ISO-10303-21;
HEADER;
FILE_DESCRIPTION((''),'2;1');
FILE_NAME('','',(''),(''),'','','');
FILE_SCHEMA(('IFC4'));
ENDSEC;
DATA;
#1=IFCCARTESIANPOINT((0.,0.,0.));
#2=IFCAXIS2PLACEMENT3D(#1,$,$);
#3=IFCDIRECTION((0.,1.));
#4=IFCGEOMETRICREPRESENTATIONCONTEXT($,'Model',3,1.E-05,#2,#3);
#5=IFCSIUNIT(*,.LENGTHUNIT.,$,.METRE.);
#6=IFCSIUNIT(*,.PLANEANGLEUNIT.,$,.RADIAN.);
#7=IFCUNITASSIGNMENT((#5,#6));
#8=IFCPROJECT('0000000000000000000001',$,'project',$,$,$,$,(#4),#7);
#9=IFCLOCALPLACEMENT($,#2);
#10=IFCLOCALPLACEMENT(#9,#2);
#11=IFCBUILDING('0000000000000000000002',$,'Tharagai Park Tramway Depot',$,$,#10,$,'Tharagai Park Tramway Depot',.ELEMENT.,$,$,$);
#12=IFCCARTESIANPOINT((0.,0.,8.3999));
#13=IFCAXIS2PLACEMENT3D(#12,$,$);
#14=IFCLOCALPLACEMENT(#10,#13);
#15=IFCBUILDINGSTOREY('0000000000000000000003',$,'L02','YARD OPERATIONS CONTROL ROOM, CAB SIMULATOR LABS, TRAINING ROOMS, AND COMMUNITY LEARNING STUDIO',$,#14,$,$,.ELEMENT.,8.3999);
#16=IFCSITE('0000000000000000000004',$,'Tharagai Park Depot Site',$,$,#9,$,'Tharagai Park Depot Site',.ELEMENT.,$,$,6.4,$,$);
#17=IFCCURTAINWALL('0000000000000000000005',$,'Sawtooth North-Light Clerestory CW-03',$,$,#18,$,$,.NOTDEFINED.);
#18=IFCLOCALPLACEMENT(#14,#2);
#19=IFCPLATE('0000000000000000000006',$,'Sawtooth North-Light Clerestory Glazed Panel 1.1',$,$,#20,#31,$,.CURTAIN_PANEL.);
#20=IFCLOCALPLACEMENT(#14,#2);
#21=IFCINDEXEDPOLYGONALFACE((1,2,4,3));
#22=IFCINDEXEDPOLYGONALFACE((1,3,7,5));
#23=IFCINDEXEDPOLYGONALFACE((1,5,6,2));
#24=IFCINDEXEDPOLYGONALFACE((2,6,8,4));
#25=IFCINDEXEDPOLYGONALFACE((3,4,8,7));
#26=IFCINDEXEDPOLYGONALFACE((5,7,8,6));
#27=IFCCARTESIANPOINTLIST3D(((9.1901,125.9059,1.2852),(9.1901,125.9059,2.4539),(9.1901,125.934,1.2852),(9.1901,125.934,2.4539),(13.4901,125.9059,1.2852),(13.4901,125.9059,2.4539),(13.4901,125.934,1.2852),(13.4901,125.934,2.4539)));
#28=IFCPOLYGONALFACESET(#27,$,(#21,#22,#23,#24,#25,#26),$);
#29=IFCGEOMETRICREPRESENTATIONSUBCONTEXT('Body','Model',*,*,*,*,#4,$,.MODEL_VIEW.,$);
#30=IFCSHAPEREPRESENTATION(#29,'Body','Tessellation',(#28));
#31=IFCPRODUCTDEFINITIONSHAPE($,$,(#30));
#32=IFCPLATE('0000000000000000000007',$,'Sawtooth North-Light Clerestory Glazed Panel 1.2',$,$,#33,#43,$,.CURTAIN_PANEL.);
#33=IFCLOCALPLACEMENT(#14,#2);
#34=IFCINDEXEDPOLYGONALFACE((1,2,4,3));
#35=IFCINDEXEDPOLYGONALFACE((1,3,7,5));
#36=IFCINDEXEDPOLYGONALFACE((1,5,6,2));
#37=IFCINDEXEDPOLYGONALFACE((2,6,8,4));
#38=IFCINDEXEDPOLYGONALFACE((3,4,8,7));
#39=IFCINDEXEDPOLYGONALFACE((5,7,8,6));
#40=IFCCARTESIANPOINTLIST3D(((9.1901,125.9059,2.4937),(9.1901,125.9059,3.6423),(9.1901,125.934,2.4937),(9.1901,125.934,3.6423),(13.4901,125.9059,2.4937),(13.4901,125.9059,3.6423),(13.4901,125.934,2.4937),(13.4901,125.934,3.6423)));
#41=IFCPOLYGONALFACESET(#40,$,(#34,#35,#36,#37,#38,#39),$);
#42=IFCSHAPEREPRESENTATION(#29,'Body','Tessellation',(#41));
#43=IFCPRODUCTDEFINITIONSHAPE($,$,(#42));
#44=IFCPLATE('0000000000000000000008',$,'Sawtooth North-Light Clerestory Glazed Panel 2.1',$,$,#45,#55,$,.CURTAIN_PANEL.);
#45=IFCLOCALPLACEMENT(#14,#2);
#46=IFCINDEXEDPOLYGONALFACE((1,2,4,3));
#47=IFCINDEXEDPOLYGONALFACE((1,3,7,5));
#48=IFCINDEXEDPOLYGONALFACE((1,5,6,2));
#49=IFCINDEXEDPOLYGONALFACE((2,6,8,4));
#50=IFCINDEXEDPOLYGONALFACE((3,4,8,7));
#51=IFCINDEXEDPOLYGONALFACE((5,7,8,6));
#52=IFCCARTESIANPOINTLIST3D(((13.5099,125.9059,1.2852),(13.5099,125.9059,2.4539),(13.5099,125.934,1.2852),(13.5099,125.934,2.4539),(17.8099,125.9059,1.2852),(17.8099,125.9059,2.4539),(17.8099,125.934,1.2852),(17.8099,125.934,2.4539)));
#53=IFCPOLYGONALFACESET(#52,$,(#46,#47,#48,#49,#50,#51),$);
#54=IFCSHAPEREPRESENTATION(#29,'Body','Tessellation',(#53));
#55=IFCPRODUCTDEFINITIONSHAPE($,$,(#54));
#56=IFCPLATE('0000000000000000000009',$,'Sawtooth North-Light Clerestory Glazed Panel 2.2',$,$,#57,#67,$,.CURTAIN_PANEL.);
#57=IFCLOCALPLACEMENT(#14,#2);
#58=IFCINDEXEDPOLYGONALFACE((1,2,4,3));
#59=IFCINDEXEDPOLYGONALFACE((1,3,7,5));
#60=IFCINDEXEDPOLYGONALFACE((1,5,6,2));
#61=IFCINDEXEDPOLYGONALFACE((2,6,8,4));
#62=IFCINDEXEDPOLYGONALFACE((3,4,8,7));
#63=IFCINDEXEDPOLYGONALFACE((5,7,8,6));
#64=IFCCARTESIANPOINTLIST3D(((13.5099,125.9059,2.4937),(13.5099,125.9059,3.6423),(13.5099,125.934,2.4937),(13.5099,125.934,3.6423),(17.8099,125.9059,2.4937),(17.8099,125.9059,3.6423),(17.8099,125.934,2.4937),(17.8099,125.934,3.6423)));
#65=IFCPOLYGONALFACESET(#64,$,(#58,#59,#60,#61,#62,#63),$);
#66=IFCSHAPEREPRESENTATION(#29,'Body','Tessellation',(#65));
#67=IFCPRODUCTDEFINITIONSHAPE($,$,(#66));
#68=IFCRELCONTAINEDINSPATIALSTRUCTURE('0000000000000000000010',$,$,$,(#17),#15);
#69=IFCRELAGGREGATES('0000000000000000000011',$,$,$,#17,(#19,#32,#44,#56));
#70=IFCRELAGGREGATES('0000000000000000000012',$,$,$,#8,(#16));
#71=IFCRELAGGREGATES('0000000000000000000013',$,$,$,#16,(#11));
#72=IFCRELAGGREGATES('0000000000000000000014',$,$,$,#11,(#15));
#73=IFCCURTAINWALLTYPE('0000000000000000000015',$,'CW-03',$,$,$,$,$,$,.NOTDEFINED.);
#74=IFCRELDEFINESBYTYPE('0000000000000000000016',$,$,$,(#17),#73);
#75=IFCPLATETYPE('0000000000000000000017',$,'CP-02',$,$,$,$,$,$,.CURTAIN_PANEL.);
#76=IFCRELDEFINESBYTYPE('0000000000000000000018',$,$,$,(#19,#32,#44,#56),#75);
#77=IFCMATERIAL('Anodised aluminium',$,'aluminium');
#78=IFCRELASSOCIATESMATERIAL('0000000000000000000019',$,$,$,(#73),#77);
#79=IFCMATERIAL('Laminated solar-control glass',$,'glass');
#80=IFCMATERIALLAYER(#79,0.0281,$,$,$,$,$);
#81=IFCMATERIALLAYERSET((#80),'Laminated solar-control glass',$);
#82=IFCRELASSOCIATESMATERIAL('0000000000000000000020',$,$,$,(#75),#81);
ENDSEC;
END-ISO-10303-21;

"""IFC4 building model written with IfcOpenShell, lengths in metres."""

from ifc_helpers import new_model, si_unit, direction, frame, origin, origin_2d, place, context, subcontext, project, spatial, rectangle, extrude, material, layer, layer_set, type_object, element, aggregate, save


model = new_model("IFC4")

# Units and contexts
model_context = context("Model", 3, precision=1e-05, world=origin(), true_north=direction((0.0, 1.0)))
body_context = subcontext(model_context, "Body", "Model", "MODEL_VIEW")
ifc_project = project(units=[si_unit("LENGTHUNIT", "METRE"), si_unit("PLANEANGLEUNIT", "RADIAN")], contexts=[model_context])

# Site, building, storey
site_placement = place(None, origin())
site = spatial("IfcSite", under=ifc_project, at=site_placement, Name="Tharagai Park Depot Site", LongName="Tharagai Park Depot Site", CompositionType="ELEMENT", RefElevation=6.4)
building_placement = place(site_placement, origin())
building = spatial("IfcBuilding", under=site, at=building_placement, Name="Tharagai Park Tramway Depot", LongName="Tharagai Park Tramway Depot", CompositionType="ELEMENT")
storey_placement = place(building_placement, frame((0.0, 0.0, 8.3999)))
storey = spatial("IfcBuildingStorey", under=building, at=storey_placement, Name="L02", Description="YARD OPERATIONS CONTROL ROOM, CAB SIMULATOR LABS, TRAINING ROOMS, AND COMMUNITY LEARNING STUDIO", CompositionType="ELEMENT", Elevation=8.3999)

# Curtain wall
ifc_material_1 = material(Name="Anodised aluminium", Category="aluminium")
curtain_wall_type_1 = type_object("IfcCurtainWallType", Name="CW-03", PredefinedType="NOTDEFINED", material=ifc_material_1)
curtain_wall_1_placement = place(storey_placement, origin())
curtain_wall_1 = element("IfcCurtainWall", 1, at=curtain_wall_1_placement, inside=storey, type_object=curtain_wall_type_1, Name="Sawtooth North-Light Clerestory CW-03", PredefinedType="NOTDEFINED")

# Plates
ifc_material_2 = material(Name="Laminated solar-control glass", Category="glass")
ifc_layer = layer(ifc_material_2, 0.0281)
ifc_layer_set = layer_set([ifc_layer], Name="Laminated solar-control glass")
plate_type = type_object("IfcPlateType", Name="CP-02", PredefinedType="CURTAIN_PANEL", material=ifc_layer_set)
plate_1_placement = place(storey_placement, frame((11.3401, 125.9199, 1.2852), z_axis=(0.0, 0.0, 1.0), x_axis=(1.0, 0.0, 0.0)))
plate_1 = element("IfcPlate", 2, at=plate_1_placement, type_object=plate_type, Name="Sawtooth North-Light Clerestory Glazed Panel 1.1", PredefinedType="CURTAIN_PANEL", context=body_context, shape_type="SweptSolid", body=[
    extrude(rectangle(XDim=4.3, YDim=0.0281, at=origin_2d()), origin(), (0.0, 0.0, 1.0), 1.1687),
])
plate_2_placement = place(storey_placement, frame((11.3401, 125.9199, 2.4937), z_axis=(0.0, 0.0, 1.0), x_axis=(1.0, 0.0, 0.0)))
plate_2 = element("IfcPlate", 3, at=plate_2_placement, type_object=plate_type, Name="Sawtooth North-Light Clerestory Glazed Panel 1.2", PredefinedType="CURTAIN_PANEL", context=body_context, shape_type="SweptSolid", body=[
    extrude(rectangle(XDim=4.3, YDim=0.0281, at=origin_2d()), origin(), (0.0, 0.0, 1.0), 1.1487),
])
plate_3_placement = place(storey_placement, frame((15.6599, 125.9199, 1.2852), z_axis=(0.0, 0.0, 1.0), x_axis=(1.0, 0.0, 0.0)))
plate_3 = element("IfcPlate", 4, at=plate_3_placement, type_object=plate_type, Name="Sawtooth North-Light Clerestory Glazed Panel 2.1", PredefinedType="CURTAIN_PANEL", context=body_context, shape_type="SweptSolid", body=[
    extrude(rectangle(XDim=4.3, YDim=0.0281, at=origin_2d()), origin(), (0.0, 0.0, 1.0), 1.1687),
])
plate_4_placement = place(storey_placement, frame((15.6599, 125.9199, 2.4937), z_axis=(0.0, 0.0, 1.0), x_axis=(1.0, 0.0, 0.0)))
plate_4 = element("IfcPlate", 5, at=plate_4_placement, type_object=plate_type, Name="Sawtooth North-Light Clerestory Glazed Panel 2.2", PredefinedType="CURTAIN_PANEL", context=body_context, shape_type="SweptSolid", body=[
    extrude(rectangle(XDim=4.3, YDim=0.0281, at=origin_2d()), origin(), (0.0, 0.0, 1.0), 1.1487),
])
aggregate(curtain_wall_1, [plate_1, plate_2, plate_3, plate_4])

save(model, "model.ifc")
